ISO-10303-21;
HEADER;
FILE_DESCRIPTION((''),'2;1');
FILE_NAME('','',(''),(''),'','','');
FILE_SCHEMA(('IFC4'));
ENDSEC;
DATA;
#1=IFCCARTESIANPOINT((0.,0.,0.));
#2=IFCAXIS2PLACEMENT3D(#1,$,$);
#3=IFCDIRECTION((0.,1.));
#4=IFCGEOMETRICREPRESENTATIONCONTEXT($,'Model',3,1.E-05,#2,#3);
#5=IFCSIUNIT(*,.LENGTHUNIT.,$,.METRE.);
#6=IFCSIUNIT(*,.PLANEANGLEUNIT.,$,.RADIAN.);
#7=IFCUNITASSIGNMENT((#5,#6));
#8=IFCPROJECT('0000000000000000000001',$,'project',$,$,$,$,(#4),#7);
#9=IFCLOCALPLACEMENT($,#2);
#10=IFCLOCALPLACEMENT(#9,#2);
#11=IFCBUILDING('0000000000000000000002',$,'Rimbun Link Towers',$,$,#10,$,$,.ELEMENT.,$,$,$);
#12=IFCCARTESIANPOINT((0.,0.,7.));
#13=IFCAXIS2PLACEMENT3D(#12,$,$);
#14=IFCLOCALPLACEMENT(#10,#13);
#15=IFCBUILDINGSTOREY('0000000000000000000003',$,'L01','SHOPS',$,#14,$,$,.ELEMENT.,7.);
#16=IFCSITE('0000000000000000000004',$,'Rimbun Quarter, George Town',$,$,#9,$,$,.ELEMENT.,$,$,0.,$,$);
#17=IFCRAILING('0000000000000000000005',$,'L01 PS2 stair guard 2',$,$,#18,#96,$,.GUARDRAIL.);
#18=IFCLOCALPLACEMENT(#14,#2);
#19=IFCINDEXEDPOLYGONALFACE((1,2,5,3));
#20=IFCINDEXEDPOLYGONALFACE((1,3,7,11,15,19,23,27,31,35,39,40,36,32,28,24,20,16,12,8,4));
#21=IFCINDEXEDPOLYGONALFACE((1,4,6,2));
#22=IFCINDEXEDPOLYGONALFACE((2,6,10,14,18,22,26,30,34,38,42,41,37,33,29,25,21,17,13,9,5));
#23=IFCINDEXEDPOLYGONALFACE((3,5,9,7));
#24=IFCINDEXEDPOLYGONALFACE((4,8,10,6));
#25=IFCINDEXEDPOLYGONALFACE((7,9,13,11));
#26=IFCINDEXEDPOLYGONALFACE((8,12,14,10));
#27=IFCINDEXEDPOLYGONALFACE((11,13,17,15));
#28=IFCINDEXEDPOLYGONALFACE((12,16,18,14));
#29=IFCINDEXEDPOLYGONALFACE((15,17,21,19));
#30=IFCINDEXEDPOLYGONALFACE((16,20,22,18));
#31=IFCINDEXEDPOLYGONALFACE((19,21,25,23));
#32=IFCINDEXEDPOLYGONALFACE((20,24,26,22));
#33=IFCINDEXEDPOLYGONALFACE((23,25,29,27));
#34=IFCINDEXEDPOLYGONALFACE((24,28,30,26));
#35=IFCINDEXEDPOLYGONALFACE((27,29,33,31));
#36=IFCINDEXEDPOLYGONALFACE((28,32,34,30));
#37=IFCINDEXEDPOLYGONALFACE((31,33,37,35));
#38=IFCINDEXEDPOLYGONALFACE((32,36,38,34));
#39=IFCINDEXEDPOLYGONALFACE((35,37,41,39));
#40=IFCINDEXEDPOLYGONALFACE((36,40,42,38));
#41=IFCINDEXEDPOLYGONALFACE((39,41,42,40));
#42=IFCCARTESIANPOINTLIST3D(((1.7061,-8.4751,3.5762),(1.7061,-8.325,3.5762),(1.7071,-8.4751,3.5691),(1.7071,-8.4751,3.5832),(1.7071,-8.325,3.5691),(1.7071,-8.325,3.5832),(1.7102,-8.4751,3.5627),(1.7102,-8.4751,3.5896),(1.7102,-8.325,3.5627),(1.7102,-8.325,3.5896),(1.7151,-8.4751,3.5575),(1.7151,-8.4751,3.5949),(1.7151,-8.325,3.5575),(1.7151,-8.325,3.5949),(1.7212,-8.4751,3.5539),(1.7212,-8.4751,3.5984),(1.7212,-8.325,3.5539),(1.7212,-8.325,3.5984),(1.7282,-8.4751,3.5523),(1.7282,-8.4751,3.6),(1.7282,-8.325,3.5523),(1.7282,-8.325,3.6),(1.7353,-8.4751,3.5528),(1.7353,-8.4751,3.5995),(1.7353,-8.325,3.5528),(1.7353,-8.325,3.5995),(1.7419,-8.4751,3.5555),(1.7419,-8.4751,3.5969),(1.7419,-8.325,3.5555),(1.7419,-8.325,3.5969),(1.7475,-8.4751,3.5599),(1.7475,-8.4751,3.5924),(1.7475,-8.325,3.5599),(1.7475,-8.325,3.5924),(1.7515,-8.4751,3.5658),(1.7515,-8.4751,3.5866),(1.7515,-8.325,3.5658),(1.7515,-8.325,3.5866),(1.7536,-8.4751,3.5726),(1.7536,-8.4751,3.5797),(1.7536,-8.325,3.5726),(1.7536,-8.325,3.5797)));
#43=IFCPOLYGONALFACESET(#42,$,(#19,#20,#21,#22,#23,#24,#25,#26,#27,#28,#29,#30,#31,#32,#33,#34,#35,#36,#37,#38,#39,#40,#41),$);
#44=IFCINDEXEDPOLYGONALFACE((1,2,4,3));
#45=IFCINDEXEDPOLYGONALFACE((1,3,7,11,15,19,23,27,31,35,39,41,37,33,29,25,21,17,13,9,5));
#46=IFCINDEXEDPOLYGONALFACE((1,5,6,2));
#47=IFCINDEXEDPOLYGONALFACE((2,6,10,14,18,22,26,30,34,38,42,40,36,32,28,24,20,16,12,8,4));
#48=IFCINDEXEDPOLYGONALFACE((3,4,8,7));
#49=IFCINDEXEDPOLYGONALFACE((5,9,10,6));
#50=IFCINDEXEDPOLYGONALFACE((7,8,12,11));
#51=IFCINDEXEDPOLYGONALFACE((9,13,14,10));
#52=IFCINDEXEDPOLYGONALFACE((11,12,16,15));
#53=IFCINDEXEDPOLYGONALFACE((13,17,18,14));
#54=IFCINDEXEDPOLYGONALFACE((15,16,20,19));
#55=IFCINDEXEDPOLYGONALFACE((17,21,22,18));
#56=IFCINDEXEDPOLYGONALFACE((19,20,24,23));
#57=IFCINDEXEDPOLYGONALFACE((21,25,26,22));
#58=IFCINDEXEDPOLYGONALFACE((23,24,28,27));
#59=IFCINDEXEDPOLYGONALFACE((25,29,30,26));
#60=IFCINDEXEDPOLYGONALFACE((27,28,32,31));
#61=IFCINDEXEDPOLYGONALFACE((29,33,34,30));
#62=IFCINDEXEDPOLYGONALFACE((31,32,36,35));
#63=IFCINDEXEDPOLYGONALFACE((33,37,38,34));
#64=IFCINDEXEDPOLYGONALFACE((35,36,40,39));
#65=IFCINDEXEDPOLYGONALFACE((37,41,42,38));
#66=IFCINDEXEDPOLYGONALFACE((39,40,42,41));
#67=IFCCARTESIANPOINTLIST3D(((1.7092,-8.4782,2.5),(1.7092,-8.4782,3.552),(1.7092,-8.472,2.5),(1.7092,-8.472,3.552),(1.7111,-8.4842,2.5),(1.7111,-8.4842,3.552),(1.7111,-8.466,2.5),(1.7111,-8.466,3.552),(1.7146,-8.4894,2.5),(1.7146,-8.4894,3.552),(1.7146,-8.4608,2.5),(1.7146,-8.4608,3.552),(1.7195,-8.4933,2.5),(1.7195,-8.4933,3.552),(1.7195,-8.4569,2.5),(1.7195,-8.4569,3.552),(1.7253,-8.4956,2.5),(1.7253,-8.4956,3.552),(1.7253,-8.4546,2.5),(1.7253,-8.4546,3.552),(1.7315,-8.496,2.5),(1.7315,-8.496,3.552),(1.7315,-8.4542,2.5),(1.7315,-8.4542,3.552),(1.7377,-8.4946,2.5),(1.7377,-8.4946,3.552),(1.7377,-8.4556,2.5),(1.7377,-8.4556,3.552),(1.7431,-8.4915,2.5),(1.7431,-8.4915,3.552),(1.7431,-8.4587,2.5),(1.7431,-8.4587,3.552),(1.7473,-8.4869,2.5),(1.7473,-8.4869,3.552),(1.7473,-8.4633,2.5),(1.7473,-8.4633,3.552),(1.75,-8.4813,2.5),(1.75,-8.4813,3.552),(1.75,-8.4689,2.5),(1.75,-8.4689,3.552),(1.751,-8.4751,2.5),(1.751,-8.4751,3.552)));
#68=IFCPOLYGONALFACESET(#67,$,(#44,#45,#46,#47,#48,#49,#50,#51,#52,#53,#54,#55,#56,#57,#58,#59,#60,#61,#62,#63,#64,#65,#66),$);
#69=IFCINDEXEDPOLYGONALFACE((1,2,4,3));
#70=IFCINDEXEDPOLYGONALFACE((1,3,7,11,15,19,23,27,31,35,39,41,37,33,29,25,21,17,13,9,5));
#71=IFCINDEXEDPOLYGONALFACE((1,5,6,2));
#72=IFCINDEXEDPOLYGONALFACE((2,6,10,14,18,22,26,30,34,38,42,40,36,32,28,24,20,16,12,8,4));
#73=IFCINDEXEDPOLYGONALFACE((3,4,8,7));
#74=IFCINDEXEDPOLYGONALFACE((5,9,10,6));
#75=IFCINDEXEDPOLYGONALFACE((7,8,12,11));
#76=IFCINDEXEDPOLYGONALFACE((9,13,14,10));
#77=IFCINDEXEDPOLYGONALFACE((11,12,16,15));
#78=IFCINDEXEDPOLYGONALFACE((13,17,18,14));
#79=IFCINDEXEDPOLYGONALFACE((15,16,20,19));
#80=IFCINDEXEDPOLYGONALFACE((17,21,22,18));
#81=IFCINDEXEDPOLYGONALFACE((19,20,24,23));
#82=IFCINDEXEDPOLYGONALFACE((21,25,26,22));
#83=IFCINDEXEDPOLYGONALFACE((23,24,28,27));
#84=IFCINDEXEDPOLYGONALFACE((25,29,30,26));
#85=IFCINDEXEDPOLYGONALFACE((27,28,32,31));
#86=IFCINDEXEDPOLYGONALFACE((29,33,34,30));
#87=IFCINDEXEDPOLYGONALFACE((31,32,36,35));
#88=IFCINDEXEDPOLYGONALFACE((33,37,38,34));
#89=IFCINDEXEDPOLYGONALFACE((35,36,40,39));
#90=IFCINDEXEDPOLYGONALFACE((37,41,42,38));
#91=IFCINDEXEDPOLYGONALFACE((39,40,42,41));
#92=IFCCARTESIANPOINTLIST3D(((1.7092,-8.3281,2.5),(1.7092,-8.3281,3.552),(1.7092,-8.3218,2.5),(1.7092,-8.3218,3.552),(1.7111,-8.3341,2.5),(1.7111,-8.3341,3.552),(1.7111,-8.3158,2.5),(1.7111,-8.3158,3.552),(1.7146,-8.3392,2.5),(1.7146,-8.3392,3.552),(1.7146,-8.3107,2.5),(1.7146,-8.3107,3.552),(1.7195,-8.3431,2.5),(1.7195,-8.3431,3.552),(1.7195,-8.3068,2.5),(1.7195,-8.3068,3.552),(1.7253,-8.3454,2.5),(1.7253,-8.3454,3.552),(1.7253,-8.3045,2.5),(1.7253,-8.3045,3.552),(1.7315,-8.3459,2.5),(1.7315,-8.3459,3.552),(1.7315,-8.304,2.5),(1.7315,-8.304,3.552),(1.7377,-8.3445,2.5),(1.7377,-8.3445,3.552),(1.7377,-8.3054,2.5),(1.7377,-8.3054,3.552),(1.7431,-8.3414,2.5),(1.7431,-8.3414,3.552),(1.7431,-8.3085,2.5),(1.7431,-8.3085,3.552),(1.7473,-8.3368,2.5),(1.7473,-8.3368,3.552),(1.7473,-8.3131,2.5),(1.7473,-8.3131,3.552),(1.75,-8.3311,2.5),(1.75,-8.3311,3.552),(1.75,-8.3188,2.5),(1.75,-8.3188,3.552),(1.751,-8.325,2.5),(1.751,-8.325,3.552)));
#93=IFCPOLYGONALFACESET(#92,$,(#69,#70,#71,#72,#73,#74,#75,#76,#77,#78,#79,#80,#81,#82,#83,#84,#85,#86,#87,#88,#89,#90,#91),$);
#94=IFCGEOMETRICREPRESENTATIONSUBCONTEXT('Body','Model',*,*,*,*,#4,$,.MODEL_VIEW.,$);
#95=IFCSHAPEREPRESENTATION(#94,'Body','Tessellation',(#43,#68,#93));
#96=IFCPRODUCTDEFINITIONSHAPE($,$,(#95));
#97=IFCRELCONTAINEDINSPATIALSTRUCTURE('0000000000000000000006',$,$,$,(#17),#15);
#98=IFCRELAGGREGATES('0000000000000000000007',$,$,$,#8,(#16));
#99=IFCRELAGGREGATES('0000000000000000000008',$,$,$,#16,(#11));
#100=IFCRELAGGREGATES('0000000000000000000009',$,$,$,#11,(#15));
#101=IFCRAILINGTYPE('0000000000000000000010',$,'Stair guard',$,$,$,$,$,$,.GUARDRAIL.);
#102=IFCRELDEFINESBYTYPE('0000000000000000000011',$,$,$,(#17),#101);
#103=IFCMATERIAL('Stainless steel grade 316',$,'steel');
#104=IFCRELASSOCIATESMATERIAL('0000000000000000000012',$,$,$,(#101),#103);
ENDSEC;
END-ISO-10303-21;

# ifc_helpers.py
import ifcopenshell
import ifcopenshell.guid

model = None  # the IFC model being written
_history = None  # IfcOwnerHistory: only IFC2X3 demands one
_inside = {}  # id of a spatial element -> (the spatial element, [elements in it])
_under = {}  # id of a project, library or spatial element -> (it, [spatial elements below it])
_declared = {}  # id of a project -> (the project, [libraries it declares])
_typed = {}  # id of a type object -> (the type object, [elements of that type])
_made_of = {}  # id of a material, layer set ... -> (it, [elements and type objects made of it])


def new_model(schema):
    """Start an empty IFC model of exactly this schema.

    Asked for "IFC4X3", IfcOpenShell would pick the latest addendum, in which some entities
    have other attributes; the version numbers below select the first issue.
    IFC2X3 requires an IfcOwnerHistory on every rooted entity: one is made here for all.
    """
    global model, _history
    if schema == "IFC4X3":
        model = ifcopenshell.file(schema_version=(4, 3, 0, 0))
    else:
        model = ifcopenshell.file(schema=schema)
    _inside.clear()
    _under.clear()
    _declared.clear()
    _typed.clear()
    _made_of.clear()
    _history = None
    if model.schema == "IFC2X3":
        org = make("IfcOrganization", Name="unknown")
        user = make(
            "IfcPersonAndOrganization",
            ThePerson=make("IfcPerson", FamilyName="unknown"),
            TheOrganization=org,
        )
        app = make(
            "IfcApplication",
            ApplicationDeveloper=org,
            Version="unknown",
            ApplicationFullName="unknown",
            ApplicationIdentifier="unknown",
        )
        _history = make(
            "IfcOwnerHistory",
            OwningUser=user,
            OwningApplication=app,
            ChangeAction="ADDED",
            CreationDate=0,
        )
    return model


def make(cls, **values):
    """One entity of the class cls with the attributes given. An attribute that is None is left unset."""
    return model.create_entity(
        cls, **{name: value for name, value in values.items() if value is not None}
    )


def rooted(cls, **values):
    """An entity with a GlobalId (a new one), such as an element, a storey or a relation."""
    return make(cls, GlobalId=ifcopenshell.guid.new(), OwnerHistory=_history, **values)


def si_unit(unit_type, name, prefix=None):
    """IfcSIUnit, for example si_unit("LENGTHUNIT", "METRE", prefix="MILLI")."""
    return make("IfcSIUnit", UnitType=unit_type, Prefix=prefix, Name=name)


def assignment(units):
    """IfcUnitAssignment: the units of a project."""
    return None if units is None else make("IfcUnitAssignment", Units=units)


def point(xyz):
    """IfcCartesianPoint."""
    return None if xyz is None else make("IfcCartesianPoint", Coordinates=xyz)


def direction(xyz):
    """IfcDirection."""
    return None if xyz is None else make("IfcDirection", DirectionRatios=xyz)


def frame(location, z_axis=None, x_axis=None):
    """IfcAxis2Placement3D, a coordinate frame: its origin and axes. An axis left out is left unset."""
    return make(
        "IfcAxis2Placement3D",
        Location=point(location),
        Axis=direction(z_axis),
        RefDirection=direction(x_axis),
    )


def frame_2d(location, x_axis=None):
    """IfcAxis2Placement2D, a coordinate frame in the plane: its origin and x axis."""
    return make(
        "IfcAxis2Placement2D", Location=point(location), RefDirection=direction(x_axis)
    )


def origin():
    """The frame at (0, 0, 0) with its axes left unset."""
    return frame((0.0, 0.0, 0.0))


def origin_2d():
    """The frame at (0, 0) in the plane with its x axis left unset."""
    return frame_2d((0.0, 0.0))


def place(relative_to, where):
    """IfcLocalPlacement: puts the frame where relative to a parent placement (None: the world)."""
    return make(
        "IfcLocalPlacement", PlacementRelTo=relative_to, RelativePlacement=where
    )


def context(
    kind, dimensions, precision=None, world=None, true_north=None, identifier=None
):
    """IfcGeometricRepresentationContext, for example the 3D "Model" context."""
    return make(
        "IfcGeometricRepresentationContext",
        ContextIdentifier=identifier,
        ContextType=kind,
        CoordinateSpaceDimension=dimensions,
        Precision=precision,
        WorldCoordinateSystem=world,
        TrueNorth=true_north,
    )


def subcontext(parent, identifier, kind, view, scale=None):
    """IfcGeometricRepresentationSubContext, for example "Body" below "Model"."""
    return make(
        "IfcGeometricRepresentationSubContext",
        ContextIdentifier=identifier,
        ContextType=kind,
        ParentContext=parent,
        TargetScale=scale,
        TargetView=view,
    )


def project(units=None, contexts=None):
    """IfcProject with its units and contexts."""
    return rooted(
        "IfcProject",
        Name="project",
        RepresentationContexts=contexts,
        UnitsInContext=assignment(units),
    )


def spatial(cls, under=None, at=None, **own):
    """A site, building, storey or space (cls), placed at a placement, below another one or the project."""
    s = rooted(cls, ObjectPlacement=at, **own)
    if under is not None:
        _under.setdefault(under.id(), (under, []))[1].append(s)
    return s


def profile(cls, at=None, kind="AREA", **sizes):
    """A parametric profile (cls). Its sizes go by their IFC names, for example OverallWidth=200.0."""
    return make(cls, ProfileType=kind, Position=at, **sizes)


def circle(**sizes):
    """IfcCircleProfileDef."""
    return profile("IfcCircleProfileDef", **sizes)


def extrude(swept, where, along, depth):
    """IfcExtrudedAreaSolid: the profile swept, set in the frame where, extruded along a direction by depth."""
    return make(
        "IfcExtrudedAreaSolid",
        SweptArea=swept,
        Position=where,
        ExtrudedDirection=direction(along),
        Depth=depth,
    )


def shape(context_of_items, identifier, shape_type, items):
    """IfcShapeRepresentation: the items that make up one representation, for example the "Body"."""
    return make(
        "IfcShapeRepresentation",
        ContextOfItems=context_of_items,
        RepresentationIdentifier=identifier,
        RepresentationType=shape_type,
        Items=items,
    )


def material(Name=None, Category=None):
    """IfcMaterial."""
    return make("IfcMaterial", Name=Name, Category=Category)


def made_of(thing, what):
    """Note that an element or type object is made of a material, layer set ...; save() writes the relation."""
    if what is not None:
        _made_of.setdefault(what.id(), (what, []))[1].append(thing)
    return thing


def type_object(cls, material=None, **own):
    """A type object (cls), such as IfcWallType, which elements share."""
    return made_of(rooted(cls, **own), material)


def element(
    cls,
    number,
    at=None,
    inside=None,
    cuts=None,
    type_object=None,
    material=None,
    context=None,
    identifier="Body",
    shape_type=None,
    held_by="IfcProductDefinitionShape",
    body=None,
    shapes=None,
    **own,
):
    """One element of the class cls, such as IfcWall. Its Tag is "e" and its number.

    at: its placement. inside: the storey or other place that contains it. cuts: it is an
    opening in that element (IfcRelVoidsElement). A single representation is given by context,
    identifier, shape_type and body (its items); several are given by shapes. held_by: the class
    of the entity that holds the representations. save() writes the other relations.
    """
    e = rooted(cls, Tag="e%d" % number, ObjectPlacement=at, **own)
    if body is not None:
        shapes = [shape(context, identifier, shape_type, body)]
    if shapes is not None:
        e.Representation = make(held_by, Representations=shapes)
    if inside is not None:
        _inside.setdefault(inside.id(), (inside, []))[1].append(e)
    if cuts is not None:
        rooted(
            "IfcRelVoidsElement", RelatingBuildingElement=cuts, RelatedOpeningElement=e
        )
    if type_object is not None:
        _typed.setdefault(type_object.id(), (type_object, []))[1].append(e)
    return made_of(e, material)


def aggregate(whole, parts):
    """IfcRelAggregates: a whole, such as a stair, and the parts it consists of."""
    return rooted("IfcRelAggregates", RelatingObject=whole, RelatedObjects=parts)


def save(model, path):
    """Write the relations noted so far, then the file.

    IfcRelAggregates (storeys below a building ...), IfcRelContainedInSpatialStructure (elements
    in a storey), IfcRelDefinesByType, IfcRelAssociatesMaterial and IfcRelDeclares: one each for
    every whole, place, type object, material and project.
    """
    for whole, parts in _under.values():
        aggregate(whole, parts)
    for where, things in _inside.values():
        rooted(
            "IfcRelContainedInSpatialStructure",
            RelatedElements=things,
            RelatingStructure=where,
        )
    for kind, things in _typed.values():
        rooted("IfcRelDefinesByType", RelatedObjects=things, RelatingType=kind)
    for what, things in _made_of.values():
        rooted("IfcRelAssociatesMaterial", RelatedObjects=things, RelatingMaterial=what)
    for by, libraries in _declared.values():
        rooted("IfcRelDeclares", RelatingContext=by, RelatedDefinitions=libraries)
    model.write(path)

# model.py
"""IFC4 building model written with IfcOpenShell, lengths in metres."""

from ifc_helpers import new_model, si_unit, direction, frame, origin, origin_2d, place, context, subcontext, project, spatial, circle, extrude, material, type_object, element, save


model = new_model("IFC4")

# Units and contexts
model_context = context("Model", 3, precision=1e-05, world=origin(), true_north=direction((0.0, 1.0)))
body_context = subcontext(model_context, "Body", "Model", "MODEL_VIEW")
ifc_project = project(units=[si_unit("LENGTHUNIT", "METRE"), si_unit("PLANEANGLEUNIT", "RADIAN")], contexts=[model_context])

# Site, building, storey
site_placement = place(None, origin())
site = spatial("IfcSite", under=ifc_project, at=site_placement, Name="Rimbun Quarter, George Town", CompositionType="ELEMENT", RefElevation=0.0)
building_placement = place(site_placement, origin())
building = spatial("IfcBuilding", under=site, at=building_placement, Name="Rimbun Link Towers", CompositionType="ELEMENT")
storey_placement = place(building_placement, frame((0.0, 0.0, 7.0)))
storey = spatial("IfcBuildingStorey", under=building, at=storey_placement, Name="L01", Description="SHOPS", CompositionType="ELEMENT", Elevation=7.0)

# Railing
ifc_material_1 = material(Name="Stainless steel grade 316", Category="steel")
railing_type_1 = type_object("IfcRailingType", Name="Stair guard", PredefinedType="GUARDRAIL", material=ifc_material_1)
railing_1_placement = place(storey_placement, frame((1.73, -8.4751, 2.5)))
element("IfcRailing", 1, at=railing_1_placement, inside=storey, type_object=railing_type_1, Name="L01 PS2 stair guard 2", PredefinedType="GUARDRAIL", context=body_context, shape_type="SweptSolid", body=[
    extrude(circle(Radius=0.0239, at=origin_2d()), frame((0.0, 0.0, 1.0762), z_axis=(0.0, 1.0, 0.0), x_axis=(-1.0, 0.0, 0.0)), (0.0, 0.0, 1.0), 0.1501),
    extrude(circle(Radius=0.021, at=origin_2d()), origin(), (0.0, 0.0, 1.0), 1.052),
    extrude(circle(Radius=0.021, at=origin_2d()), frame((0.0, 0.1501, 0.0)), (0.0, 0.0, 1.0), 1.052),
])

save(model, "model.ifc")
